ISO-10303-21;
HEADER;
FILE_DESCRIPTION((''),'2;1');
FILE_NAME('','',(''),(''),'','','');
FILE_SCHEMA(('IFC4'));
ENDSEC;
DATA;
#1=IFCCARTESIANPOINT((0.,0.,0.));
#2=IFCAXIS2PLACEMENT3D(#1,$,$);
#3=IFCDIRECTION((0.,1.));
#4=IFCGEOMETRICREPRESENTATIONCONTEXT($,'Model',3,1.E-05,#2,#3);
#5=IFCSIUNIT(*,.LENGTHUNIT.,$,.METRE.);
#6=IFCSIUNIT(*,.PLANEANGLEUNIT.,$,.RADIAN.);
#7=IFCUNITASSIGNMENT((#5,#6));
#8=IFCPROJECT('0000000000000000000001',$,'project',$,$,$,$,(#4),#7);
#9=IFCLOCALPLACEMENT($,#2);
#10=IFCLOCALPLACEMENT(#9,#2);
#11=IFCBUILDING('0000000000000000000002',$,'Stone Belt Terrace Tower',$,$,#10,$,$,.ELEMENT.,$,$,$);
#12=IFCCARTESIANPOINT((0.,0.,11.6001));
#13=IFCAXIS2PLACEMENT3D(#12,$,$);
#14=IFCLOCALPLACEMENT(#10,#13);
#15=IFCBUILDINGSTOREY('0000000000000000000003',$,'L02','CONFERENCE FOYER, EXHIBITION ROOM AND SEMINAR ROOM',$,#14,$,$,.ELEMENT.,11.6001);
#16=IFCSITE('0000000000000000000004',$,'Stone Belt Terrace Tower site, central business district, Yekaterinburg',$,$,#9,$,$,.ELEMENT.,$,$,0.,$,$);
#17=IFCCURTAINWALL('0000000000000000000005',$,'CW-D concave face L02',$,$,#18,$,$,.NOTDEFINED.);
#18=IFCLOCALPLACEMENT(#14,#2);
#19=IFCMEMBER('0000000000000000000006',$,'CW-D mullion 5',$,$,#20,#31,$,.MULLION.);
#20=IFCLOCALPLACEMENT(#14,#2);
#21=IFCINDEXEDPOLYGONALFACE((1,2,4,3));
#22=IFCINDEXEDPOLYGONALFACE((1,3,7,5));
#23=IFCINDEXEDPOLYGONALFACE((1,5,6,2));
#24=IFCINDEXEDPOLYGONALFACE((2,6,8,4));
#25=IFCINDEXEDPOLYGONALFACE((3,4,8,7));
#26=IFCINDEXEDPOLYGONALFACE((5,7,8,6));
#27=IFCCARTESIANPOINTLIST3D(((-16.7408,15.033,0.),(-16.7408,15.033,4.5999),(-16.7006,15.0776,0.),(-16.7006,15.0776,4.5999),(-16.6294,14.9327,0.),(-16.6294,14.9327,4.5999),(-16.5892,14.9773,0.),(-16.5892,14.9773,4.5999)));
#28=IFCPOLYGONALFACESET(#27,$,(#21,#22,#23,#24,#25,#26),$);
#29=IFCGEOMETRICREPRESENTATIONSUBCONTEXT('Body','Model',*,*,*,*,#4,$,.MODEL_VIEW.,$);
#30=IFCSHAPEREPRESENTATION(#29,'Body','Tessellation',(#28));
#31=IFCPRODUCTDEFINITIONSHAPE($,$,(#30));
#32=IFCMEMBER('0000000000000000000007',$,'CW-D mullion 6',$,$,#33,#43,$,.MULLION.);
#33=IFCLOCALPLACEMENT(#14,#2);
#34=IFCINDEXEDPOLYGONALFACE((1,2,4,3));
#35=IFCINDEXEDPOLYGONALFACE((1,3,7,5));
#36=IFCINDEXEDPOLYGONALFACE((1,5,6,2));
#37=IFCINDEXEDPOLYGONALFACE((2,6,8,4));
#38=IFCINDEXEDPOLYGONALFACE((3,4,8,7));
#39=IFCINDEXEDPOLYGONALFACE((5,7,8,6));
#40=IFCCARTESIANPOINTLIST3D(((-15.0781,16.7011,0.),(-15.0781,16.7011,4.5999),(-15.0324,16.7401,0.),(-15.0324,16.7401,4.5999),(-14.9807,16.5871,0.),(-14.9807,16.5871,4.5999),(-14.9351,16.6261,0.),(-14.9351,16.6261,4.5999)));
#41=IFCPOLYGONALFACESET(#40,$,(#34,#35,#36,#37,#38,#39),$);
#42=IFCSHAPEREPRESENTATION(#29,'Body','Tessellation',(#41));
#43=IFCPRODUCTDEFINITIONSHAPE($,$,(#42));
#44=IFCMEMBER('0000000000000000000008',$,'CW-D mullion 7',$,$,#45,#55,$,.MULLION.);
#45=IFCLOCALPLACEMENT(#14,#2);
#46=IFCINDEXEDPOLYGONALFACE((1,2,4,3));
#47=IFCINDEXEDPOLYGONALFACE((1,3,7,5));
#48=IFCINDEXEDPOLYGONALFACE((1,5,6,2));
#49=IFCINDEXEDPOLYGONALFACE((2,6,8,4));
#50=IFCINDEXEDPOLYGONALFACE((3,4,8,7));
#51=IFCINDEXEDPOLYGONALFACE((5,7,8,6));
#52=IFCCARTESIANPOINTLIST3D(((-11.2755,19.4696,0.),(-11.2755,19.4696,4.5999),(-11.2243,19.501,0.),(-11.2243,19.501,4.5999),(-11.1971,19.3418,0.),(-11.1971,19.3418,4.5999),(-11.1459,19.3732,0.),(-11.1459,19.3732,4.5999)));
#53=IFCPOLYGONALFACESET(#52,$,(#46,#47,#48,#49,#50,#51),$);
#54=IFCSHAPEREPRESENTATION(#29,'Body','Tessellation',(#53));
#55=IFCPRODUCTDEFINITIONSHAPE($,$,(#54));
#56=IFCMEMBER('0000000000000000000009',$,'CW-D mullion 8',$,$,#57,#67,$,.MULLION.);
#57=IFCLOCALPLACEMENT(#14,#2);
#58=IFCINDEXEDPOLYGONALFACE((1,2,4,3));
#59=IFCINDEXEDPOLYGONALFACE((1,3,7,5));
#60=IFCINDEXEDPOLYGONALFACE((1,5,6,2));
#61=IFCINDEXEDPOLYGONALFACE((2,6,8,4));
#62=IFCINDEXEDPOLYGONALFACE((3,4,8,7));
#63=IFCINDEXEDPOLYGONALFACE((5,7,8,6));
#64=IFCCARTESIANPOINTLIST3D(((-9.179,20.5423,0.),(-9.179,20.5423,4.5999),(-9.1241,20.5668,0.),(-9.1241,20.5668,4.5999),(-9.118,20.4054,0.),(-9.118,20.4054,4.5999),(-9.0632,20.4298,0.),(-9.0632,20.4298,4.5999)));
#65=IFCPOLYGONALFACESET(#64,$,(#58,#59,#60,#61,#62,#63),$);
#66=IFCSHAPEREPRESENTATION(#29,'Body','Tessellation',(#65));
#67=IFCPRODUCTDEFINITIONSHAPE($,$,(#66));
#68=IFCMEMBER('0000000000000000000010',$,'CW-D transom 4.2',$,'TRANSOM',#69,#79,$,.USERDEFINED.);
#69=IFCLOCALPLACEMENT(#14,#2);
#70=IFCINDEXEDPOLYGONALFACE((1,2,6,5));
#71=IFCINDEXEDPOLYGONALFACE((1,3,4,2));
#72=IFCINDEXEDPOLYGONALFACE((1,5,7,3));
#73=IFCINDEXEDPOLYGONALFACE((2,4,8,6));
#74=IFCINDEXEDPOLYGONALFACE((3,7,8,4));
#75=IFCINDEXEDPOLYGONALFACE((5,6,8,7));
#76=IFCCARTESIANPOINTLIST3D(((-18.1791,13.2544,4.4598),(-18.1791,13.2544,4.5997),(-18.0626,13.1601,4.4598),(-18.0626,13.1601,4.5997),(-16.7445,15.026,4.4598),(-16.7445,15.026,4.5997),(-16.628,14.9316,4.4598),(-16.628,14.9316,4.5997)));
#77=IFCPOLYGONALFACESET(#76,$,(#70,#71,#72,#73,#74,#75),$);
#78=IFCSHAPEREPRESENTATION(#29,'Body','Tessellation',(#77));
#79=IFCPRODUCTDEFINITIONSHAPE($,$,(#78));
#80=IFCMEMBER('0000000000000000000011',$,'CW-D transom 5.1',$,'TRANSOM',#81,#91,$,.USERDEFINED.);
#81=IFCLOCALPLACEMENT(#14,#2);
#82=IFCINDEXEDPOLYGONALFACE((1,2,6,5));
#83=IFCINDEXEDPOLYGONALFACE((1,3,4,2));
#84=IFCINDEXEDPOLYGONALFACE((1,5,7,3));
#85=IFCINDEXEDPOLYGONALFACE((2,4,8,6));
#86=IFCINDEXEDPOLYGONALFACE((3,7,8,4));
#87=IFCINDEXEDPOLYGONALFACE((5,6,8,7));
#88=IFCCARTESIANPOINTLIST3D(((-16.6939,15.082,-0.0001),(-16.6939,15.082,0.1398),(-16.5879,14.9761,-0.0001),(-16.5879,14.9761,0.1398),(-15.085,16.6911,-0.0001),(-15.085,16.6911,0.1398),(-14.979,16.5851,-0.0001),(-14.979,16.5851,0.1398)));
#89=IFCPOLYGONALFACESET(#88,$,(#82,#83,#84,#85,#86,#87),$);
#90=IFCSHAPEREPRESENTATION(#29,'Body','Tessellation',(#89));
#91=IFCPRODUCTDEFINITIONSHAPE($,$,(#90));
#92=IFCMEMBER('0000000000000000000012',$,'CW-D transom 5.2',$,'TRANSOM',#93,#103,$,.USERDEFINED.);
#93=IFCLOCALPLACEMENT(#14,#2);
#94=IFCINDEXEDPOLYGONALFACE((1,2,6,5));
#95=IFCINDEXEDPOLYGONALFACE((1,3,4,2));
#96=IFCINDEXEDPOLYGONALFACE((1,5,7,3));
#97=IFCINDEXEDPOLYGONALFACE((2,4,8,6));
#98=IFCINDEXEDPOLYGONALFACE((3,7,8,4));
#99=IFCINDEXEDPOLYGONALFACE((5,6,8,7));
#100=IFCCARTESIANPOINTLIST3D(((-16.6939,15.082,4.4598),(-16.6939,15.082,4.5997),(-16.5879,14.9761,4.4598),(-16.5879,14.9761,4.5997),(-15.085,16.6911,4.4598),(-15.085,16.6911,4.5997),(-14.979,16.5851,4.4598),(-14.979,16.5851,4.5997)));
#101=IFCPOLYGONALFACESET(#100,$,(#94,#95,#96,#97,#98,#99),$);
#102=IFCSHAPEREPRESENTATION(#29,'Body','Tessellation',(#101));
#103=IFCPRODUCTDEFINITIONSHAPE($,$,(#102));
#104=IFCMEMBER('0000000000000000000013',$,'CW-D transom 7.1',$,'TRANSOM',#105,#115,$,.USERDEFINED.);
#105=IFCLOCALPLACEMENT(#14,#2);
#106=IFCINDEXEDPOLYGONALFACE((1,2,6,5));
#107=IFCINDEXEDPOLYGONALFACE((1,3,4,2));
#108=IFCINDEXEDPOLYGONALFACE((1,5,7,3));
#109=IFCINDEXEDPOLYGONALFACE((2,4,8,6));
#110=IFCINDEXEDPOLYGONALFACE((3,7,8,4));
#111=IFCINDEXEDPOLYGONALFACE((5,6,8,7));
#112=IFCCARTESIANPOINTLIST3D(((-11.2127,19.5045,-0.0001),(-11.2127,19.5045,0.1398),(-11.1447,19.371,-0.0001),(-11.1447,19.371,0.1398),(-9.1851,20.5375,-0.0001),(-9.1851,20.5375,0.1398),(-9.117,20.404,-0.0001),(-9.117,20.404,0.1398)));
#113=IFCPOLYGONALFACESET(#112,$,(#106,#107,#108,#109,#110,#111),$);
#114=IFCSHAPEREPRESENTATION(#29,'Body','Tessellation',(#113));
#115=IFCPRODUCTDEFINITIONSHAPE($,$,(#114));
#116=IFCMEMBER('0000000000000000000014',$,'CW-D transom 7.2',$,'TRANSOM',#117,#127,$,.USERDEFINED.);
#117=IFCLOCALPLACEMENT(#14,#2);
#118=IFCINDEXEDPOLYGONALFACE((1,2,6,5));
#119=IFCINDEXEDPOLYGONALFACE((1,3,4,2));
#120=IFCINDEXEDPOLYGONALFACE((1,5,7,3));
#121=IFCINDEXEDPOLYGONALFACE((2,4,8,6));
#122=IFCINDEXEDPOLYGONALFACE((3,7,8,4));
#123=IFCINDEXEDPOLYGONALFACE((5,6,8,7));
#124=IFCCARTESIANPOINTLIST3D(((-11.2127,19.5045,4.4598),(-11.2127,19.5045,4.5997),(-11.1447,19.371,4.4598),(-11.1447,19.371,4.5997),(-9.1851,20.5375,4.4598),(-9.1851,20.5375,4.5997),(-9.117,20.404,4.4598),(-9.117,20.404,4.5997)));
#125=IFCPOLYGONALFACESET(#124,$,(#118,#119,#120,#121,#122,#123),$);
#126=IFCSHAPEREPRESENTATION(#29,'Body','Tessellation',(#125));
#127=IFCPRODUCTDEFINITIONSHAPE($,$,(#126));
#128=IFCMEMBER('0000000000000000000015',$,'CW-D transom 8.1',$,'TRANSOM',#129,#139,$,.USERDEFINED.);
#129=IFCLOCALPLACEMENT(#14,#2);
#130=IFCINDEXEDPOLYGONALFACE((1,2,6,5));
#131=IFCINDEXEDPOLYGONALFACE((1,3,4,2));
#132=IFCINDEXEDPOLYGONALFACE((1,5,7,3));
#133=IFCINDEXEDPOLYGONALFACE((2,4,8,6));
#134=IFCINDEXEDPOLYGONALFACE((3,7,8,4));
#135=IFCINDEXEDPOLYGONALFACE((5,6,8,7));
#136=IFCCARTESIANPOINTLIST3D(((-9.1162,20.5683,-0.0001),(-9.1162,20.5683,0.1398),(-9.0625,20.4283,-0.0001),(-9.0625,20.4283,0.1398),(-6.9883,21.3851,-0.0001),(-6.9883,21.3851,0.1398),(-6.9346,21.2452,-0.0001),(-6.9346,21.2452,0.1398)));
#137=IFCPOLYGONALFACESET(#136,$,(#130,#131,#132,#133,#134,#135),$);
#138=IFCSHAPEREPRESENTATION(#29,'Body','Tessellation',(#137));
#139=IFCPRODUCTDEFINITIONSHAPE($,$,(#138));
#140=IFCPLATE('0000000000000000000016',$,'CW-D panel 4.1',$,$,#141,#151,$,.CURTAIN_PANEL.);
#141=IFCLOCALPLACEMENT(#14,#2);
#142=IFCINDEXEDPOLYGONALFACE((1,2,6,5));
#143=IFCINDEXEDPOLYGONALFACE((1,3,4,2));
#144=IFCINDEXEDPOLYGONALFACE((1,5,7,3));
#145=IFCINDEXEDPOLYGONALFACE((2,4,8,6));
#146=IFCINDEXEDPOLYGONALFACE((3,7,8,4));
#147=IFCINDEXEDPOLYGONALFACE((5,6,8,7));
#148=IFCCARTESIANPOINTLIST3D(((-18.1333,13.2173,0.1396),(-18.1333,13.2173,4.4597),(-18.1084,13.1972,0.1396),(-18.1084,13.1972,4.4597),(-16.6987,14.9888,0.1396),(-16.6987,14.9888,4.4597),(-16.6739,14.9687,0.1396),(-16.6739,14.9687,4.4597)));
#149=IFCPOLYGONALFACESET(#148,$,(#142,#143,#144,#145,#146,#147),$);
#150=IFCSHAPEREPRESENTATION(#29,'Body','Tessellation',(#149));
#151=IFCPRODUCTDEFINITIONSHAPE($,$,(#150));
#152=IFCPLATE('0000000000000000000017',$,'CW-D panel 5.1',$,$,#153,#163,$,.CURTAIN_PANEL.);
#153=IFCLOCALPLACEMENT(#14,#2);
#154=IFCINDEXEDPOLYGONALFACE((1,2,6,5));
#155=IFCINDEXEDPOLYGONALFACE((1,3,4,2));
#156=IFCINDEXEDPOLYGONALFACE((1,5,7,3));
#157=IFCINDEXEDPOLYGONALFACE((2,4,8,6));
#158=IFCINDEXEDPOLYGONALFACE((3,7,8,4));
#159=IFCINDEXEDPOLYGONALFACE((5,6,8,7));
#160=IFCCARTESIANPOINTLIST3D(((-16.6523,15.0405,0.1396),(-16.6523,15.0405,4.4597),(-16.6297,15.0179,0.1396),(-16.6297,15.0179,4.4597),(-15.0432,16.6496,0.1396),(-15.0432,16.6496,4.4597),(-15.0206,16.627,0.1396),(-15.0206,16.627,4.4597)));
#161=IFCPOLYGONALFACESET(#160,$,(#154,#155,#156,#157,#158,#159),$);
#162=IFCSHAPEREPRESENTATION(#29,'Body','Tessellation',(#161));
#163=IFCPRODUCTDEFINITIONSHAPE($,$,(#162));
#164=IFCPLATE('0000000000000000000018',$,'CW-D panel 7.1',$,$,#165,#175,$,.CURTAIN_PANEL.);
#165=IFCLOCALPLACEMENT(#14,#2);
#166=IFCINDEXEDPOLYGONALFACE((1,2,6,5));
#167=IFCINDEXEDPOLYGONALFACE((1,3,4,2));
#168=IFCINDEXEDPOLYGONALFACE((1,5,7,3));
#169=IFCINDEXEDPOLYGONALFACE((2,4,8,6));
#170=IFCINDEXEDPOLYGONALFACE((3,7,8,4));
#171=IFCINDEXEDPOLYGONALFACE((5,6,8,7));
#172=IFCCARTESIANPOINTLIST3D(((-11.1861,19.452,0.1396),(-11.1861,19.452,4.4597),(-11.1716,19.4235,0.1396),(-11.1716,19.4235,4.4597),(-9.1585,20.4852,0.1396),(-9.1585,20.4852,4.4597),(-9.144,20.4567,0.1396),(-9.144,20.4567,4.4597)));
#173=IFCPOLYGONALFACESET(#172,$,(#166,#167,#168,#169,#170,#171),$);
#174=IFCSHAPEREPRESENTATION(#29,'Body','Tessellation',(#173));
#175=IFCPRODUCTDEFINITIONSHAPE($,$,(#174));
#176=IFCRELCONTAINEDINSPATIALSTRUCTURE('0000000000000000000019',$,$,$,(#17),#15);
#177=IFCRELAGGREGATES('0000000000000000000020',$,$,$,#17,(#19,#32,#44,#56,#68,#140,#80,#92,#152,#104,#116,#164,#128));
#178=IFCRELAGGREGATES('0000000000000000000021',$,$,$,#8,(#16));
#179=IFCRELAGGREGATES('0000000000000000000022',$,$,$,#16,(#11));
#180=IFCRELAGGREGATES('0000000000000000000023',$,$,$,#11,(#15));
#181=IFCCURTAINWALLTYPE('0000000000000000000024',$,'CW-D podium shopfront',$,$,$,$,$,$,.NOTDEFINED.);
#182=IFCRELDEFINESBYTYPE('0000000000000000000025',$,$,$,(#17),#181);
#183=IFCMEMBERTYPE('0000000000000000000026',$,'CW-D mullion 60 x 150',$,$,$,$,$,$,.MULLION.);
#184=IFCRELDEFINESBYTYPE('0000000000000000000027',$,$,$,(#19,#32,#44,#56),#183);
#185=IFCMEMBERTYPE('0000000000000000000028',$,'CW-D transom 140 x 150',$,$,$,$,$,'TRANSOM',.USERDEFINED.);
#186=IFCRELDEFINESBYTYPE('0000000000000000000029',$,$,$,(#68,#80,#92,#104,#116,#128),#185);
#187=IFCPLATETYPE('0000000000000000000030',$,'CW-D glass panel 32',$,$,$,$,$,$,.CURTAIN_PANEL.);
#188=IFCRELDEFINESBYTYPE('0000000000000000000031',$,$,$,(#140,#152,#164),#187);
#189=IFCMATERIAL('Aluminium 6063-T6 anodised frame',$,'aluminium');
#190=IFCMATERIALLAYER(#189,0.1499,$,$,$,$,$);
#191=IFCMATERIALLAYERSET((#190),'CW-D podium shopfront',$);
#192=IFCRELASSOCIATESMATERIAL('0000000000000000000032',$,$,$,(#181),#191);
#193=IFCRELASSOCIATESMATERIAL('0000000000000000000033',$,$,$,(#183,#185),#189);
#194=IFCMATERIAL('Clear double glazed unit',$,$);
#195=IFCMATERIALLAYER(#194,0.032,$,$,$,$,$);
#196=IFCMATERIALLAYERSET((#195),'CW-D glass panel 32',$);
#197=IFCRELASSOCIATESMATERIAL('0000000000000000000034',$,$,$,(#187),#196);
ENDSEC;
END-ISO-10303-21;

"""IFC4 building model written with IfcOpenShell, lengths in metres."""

from ifc_helpers import new_model, si_unit, direction, frame, origin, origin_2d, place, context, subcontext, project, spatial, rectangle, extrude, material, layer, layer_set, material_profile, profile_set, type_object, element, aggregate, save


model = new_model("IFC4")

# Units and contexts
model_context = context("Model", 3, precision=1e-05, world=origin(), true_north=direction((0.0, 1.0)))
body_context = subcontext(model_context, "Body", "Model", "MODEL_VIEW")
ifc_project = project(units=[si_unit("LENGTHUNIT", "METRE"), si_unit("PLANEANGLEUNIT", "RADIAN")], contexts=[model_context])

# Site, building, storey
site_placement = place(None, origin())
site = spatial("IfcSite", under=ifc_project, at=site_placement, Name="Stone Belt Terrace Tower site, central business district, Yekaterinburg", CompositionType="ELEMENT", RefElevation=0.0)
building_placement = place(site_placement, origin())
building = spatial("IfcBuilding", under=site, at=building_placement, Name="Stone Belt Terrace Tower", CompositionType="ELEMENT")
storey_placement = place(building_placement, frame((0.0, 0.0, 11.6001)))
storey = spatial("IfcBuildingStorey", under=building, at=storey_placement, Name="L02", Description="CONFERENCE FOYER, EXHIBITION ROOM AND SEMINAR ROOM", CompositionType="ELEMENT", Elevation=11.6001)

# Curtain wall, members, plates
ifc_material_1 = material(Name="Aluminium 6063-T6 anodised frame", Category="aluminium")
ifc_layer_1 = layer(ifc_material_1, 0.1499)
ifc_layer_set_1 = layer_set([ifc_layer_1], Name="CW-D podium shopfront")
curtain_wall_type = type_object("IfcCurtainWallType", Name="CW-D podium shopfront", PredefinedType="NOTDEFINED", material=ifc_layer_set_1)
curtain_wall_placement = place(storey_placement, origin())
curtain_wall = element("IfcCurtainWall", 1, at=curtain_wall_placement, inside=storey, type_object=curtain_wall_type, Name="CW-D concave face L02", PredefinedType="NOTDEFINED")
ifc_material_profile_1 = material_profile(ifc_material_1, rectangle(XDim=0.1499, YDim=0.0601, at=origin_2d()), Name="Aluminium 6063-T6 60x150")
ifc_profile_set_1 = profile_set([ifc_material_profile_1], Name="Aluminium 6063-T6 anodised frame")
member_type_1 = type_object("IfcMemberType", Name="CW-D mullion 60 x 150", PredefinedType="MULLION", material=ifc_profile_set_1)
member_1_placement = place(storey_placement, frame((-16.665, 15.0051, 0.0), z_axis=(0.0, 0.0, 1.0), x_axis=(-0.743145, 0.669131, 0.0)))
member_1 = element("IfcMember", 2, at=member_1_placement, type_object=member_type_1, Name="CW-D mullion 5", PredefinedType="MULLION", context=body_context, shape_type="SweptSolid", body=[
    extrude(rectangle(XDim=0.1499, YDim=0.0601, at=origin_2d()), origin(), (0.0, 0.0, 1.0), 4.5999),
])
member_2_placement = place(storey_placement, frame((-15.0066, 16.6636, 0.0), z_axis=(0.0, 0.0, 1.0), x_axis=(-0.649448, 0.760406, 0.0)))
member_2 = element("IfcMember", 3, at=member_2_placement, type_object=member_type_1, Name="CW-D mullion 6", PredefinedType="MULLION", context=body_context, shape_type="SweptSolid", body=[
    extrude(rectangle(XDim=0.1499, YDim=0.0601, at=origin_2d()), origin(), (0.0, 0.0, 1.0), 4.5999),
])
member_3_placement = place(storey_placement, frame((-11.2107, 19.4214, 0.0), z_axis=(0.0, 0.0, 1.0), x_axis=(-0.522499, 0.85264, 0.0)))
member_3 = element("IfcMember", 4, at=member_3_placement, type_object=member_type_1, Name="CW-D mullion 7", PredefinedType="MULLION", context=body_context, shape_type="SweptSolid", body=[
    extrude(rectangle(XDim=0.1499, YDim=0.0601, at=origin_2d()), origin(), (0.0, 0.0, 1.0), 4.5999),
])
member_4_placement = place(storey_placement, frame((-9.1211, 20.4861, 0.0), z_axis=(0.0, 0.0, 1.0), x_axis=(-0.406737, 0.913545, 0.0)))
member_4 = element("IfcMember", 5, at=member_4_placement, type_object=member_type_1, Name="CW-D mullion 8", PredefinedType="MULLION", context=body_context, shape_type="SweptSolid", body=[
    extrude(rectangle(XDim=0.1499, YDim=0.0601, at=origin_2d()), origin(), (0.0, 0.0, 1.0), 4.5999),
])
ifc_material_profile_2 = material_profile(ifc_material_1, rectangle(XDim=0.1499, YDim=0.1399, at=origin_2d()), Name="Aluminium 6063-T6 150x140")
ifc_profile_set_2 = profile_set([ifc_material_profile_2], Name="Aluminium 6063-T6 anodised frame")
member_type_2 = type_object("IfcMemberType", Name="CW-D transom 140 x 150", ElementType="TRANSOM", PredefinedType="USERDEFINED", material=ifc_profile_set_2)
member_5_placement = place(storey_placement, frame((-18.1208, 13.2073, 4.5298), z_axis=(0.629334, 0.777135, 0.0), x_axis=(-0.777135, 0.629334, 0.0)))
member_5 = element("IfcMember", 6, at=member_5_placement, type_object=member_type_2, Name="CW-D transom 4.2", ObjectType="TRANSOM", PredefinedType="USERDEFINED", context=body_context, shape_type="SweptSolid", body=[
    extrude(rectangle(XDim=0.1499, YDim=0.1399, at=origin_2d()), origin(), (0.0, 0.0, 1.0), 2.2795),
])
member_6_placement = place(storey_placement, frame((-16.6409, 15.0291, 0.0698), z_axis=(0.707053, 0.70716, 0.0), x_axis=(-0.70716, 0.707053, 0.0)))
member_6 = element("IfcMember", 7, at=member_6_placement, type_object=member_type_2, Name="CW-D transom 5.1", ObjectType="TRANSOM", PredefinedType="USERDEFINED", context=body_context, shape_type="SweptSolid", body=[
    extrude(rectangle(XDim=0.1499, YDim=0.1399, at=origin_2d()), origin(), (0.0, 0.0, 1.0), 2.2754),
])
member_7_placement = place(storey_placement, frame((-16.6409, 15.0291, 4.5298), z_axis=(0.707053, 0.70716, 0.0), x_axis=(-0.70716, 0.707053, 0.0)))
member_7 = element("IfcMember", 8, at=member_7_placement, type_object=member_type_2, Name="CW-D transom 5.2", ObjectType="TRANSOM", PredefinedType="USERDEFINED", context=body_context, shape_type="SweptSolid", body=[
    extrude(rectangle(XDim=0.1499, YDim=0.1399, at=origin_2d()), origin(), (0.0, 0.0, 1.0), 2.2754),
])
member_8_placement = place(storey_placement, frame((-11.1787, 19.4377, 0.0698), z_axis=(0.891033, 0.453939, 0.0), x_axis=(-0.453939, 0.891033, 0.0)))
member_8 = element("IfcMember", 9, at=member_8_placement, type_object=member_type_2, Name="CW-D transom 7.1", ObjectType="TRANSOM", PredefinedType="USERDEFINED", context=body_context, shape_type="SweptSolid", body=[
    extrude(rectangle(XDim=0.1499, YDim=0.1399, at=origin_2d()), origin(), (0.0, 0.0, 1.0), 2.2756),
])
member_9_placement = place(storey_placement, frame((-11.1787, 19.4377, 4.5298), z_axis=(0.891033, 0.453939, 0.0), x_axis=(-0.453939, 0.891033, 0.0)))
member_9 = element("IfcMember", 10, at=member_9_placement, type_object=member_type_2, Name="CW-D transom 7.2", ObjectType="TRANSOM", PredefinedType="USERDEFINED", context=body_context, shape_type="SweptSolid", body=[
    extrude(rectangle(XDim=0.1499, YDim=0.1399, at=origin_2d()), origin(), (0.0, 0.0, 1.0), 2.2756),
])
member_10_placement = place(storey_placement, frame((-9.0894, 20.4983, 0.0698), z_axis=(0.933572, 0.35839, 0.0), x_axis=(-0.35839, 0.933572, 0.0)))
member_10 = element("IfcMember", 11, at=member_10_placement, type_object=member_type_2, Name="CW-D transom 8.1", ObjectType="TRANSOM", PredefinedType="USERDEFINED", context=body_context, shape_type="SweptSolid", body=[
    extrude(rectangle(XDim=0.1499, YDim=0.1399, at=origin_2d()), origin(), (0.0, 0.0, 1.0), 2.2793),
])
ifc_material_2 = material(Name="Clear double glazed unit")
ifc_layer_2 = layer(ifc_material_2, 0.032)
ifc_layer_set_2 = layer_set([ifc_layer_2], Name="CW-D glass panel 32")
plate_type = type_object("IfcPlateType", Name="CW-D glass panel 32", PredefinedType="CURTAIN_PANEL", material=ifc_layer_set_2)
plate_1_placement = place(storey_placement, frame((-17.4036, 14.093, 0.1396), z_axis=(0.0, 0.0, 1.0), x_axis=(0.62932, 0.777146, 0.0)))
plate_1 = element("IfcPlate", 12, at=plate_1_placement, type_object=plate_type, Name="CW-D panel 4.1", PredefinedType="CURTAIN_PANEL", context=body_context, shape_type="SweptSolid", body=[
    extrude(rectangle(XDim=2.2795, YDim=0.032, at=origin_2d()), origin(), (0.0, 0.0, 1.0), 4.3201),
])
plate_2_placement = place(storey_placement, frame((-15.8364, 15.8337, 0.1396), z_axis=(0.0, 0.0, 1.0), x_axis=(0.707107, 0.707107, 0.0)))
plate_2 = element("IfcPlate", 13, at=plate_2_placement, type_object=plate_type, Name="CW-D panel 5.1", PredefinedType="CURTAIN_PANEL", context=body_context, shape_type="SweptSolid", body=[
    extrude(rectangle(XDim=2.2756, YDim=0.032, at=origin_2d()), origin(), (0.0, 0.0, 1.0), 4.3201),
])
plate_3_placement = place(storey_placement, frame((-10.165, 19.9543, 0.1396), z_axis=(0.0, 0.0, 1.0), x_axis=(0.891007, 0.45399, 0.0)))
plate_3 = element("IfcPlate", 14, at=plate_3_placement, type_object=plate_type, Name="CW-D panel 7.1", PredefinedType="CURTAIN_PANEL", context=body_context, shape_type="SweptSolid", body=[
    extrude(rectangle(XDim=2.2756, YDim=0.032, at=origin_2d()), origin(), (0.0, 0.0, 1.0), 4.3201),
])
aggregate(curtain_wall, [member_1, member_2, member_3, member_4, member_5, plate_1, member_6, member_7, plate_2, member_8, member_9, plate_3, member_10])

save(model, "model.ifc")
